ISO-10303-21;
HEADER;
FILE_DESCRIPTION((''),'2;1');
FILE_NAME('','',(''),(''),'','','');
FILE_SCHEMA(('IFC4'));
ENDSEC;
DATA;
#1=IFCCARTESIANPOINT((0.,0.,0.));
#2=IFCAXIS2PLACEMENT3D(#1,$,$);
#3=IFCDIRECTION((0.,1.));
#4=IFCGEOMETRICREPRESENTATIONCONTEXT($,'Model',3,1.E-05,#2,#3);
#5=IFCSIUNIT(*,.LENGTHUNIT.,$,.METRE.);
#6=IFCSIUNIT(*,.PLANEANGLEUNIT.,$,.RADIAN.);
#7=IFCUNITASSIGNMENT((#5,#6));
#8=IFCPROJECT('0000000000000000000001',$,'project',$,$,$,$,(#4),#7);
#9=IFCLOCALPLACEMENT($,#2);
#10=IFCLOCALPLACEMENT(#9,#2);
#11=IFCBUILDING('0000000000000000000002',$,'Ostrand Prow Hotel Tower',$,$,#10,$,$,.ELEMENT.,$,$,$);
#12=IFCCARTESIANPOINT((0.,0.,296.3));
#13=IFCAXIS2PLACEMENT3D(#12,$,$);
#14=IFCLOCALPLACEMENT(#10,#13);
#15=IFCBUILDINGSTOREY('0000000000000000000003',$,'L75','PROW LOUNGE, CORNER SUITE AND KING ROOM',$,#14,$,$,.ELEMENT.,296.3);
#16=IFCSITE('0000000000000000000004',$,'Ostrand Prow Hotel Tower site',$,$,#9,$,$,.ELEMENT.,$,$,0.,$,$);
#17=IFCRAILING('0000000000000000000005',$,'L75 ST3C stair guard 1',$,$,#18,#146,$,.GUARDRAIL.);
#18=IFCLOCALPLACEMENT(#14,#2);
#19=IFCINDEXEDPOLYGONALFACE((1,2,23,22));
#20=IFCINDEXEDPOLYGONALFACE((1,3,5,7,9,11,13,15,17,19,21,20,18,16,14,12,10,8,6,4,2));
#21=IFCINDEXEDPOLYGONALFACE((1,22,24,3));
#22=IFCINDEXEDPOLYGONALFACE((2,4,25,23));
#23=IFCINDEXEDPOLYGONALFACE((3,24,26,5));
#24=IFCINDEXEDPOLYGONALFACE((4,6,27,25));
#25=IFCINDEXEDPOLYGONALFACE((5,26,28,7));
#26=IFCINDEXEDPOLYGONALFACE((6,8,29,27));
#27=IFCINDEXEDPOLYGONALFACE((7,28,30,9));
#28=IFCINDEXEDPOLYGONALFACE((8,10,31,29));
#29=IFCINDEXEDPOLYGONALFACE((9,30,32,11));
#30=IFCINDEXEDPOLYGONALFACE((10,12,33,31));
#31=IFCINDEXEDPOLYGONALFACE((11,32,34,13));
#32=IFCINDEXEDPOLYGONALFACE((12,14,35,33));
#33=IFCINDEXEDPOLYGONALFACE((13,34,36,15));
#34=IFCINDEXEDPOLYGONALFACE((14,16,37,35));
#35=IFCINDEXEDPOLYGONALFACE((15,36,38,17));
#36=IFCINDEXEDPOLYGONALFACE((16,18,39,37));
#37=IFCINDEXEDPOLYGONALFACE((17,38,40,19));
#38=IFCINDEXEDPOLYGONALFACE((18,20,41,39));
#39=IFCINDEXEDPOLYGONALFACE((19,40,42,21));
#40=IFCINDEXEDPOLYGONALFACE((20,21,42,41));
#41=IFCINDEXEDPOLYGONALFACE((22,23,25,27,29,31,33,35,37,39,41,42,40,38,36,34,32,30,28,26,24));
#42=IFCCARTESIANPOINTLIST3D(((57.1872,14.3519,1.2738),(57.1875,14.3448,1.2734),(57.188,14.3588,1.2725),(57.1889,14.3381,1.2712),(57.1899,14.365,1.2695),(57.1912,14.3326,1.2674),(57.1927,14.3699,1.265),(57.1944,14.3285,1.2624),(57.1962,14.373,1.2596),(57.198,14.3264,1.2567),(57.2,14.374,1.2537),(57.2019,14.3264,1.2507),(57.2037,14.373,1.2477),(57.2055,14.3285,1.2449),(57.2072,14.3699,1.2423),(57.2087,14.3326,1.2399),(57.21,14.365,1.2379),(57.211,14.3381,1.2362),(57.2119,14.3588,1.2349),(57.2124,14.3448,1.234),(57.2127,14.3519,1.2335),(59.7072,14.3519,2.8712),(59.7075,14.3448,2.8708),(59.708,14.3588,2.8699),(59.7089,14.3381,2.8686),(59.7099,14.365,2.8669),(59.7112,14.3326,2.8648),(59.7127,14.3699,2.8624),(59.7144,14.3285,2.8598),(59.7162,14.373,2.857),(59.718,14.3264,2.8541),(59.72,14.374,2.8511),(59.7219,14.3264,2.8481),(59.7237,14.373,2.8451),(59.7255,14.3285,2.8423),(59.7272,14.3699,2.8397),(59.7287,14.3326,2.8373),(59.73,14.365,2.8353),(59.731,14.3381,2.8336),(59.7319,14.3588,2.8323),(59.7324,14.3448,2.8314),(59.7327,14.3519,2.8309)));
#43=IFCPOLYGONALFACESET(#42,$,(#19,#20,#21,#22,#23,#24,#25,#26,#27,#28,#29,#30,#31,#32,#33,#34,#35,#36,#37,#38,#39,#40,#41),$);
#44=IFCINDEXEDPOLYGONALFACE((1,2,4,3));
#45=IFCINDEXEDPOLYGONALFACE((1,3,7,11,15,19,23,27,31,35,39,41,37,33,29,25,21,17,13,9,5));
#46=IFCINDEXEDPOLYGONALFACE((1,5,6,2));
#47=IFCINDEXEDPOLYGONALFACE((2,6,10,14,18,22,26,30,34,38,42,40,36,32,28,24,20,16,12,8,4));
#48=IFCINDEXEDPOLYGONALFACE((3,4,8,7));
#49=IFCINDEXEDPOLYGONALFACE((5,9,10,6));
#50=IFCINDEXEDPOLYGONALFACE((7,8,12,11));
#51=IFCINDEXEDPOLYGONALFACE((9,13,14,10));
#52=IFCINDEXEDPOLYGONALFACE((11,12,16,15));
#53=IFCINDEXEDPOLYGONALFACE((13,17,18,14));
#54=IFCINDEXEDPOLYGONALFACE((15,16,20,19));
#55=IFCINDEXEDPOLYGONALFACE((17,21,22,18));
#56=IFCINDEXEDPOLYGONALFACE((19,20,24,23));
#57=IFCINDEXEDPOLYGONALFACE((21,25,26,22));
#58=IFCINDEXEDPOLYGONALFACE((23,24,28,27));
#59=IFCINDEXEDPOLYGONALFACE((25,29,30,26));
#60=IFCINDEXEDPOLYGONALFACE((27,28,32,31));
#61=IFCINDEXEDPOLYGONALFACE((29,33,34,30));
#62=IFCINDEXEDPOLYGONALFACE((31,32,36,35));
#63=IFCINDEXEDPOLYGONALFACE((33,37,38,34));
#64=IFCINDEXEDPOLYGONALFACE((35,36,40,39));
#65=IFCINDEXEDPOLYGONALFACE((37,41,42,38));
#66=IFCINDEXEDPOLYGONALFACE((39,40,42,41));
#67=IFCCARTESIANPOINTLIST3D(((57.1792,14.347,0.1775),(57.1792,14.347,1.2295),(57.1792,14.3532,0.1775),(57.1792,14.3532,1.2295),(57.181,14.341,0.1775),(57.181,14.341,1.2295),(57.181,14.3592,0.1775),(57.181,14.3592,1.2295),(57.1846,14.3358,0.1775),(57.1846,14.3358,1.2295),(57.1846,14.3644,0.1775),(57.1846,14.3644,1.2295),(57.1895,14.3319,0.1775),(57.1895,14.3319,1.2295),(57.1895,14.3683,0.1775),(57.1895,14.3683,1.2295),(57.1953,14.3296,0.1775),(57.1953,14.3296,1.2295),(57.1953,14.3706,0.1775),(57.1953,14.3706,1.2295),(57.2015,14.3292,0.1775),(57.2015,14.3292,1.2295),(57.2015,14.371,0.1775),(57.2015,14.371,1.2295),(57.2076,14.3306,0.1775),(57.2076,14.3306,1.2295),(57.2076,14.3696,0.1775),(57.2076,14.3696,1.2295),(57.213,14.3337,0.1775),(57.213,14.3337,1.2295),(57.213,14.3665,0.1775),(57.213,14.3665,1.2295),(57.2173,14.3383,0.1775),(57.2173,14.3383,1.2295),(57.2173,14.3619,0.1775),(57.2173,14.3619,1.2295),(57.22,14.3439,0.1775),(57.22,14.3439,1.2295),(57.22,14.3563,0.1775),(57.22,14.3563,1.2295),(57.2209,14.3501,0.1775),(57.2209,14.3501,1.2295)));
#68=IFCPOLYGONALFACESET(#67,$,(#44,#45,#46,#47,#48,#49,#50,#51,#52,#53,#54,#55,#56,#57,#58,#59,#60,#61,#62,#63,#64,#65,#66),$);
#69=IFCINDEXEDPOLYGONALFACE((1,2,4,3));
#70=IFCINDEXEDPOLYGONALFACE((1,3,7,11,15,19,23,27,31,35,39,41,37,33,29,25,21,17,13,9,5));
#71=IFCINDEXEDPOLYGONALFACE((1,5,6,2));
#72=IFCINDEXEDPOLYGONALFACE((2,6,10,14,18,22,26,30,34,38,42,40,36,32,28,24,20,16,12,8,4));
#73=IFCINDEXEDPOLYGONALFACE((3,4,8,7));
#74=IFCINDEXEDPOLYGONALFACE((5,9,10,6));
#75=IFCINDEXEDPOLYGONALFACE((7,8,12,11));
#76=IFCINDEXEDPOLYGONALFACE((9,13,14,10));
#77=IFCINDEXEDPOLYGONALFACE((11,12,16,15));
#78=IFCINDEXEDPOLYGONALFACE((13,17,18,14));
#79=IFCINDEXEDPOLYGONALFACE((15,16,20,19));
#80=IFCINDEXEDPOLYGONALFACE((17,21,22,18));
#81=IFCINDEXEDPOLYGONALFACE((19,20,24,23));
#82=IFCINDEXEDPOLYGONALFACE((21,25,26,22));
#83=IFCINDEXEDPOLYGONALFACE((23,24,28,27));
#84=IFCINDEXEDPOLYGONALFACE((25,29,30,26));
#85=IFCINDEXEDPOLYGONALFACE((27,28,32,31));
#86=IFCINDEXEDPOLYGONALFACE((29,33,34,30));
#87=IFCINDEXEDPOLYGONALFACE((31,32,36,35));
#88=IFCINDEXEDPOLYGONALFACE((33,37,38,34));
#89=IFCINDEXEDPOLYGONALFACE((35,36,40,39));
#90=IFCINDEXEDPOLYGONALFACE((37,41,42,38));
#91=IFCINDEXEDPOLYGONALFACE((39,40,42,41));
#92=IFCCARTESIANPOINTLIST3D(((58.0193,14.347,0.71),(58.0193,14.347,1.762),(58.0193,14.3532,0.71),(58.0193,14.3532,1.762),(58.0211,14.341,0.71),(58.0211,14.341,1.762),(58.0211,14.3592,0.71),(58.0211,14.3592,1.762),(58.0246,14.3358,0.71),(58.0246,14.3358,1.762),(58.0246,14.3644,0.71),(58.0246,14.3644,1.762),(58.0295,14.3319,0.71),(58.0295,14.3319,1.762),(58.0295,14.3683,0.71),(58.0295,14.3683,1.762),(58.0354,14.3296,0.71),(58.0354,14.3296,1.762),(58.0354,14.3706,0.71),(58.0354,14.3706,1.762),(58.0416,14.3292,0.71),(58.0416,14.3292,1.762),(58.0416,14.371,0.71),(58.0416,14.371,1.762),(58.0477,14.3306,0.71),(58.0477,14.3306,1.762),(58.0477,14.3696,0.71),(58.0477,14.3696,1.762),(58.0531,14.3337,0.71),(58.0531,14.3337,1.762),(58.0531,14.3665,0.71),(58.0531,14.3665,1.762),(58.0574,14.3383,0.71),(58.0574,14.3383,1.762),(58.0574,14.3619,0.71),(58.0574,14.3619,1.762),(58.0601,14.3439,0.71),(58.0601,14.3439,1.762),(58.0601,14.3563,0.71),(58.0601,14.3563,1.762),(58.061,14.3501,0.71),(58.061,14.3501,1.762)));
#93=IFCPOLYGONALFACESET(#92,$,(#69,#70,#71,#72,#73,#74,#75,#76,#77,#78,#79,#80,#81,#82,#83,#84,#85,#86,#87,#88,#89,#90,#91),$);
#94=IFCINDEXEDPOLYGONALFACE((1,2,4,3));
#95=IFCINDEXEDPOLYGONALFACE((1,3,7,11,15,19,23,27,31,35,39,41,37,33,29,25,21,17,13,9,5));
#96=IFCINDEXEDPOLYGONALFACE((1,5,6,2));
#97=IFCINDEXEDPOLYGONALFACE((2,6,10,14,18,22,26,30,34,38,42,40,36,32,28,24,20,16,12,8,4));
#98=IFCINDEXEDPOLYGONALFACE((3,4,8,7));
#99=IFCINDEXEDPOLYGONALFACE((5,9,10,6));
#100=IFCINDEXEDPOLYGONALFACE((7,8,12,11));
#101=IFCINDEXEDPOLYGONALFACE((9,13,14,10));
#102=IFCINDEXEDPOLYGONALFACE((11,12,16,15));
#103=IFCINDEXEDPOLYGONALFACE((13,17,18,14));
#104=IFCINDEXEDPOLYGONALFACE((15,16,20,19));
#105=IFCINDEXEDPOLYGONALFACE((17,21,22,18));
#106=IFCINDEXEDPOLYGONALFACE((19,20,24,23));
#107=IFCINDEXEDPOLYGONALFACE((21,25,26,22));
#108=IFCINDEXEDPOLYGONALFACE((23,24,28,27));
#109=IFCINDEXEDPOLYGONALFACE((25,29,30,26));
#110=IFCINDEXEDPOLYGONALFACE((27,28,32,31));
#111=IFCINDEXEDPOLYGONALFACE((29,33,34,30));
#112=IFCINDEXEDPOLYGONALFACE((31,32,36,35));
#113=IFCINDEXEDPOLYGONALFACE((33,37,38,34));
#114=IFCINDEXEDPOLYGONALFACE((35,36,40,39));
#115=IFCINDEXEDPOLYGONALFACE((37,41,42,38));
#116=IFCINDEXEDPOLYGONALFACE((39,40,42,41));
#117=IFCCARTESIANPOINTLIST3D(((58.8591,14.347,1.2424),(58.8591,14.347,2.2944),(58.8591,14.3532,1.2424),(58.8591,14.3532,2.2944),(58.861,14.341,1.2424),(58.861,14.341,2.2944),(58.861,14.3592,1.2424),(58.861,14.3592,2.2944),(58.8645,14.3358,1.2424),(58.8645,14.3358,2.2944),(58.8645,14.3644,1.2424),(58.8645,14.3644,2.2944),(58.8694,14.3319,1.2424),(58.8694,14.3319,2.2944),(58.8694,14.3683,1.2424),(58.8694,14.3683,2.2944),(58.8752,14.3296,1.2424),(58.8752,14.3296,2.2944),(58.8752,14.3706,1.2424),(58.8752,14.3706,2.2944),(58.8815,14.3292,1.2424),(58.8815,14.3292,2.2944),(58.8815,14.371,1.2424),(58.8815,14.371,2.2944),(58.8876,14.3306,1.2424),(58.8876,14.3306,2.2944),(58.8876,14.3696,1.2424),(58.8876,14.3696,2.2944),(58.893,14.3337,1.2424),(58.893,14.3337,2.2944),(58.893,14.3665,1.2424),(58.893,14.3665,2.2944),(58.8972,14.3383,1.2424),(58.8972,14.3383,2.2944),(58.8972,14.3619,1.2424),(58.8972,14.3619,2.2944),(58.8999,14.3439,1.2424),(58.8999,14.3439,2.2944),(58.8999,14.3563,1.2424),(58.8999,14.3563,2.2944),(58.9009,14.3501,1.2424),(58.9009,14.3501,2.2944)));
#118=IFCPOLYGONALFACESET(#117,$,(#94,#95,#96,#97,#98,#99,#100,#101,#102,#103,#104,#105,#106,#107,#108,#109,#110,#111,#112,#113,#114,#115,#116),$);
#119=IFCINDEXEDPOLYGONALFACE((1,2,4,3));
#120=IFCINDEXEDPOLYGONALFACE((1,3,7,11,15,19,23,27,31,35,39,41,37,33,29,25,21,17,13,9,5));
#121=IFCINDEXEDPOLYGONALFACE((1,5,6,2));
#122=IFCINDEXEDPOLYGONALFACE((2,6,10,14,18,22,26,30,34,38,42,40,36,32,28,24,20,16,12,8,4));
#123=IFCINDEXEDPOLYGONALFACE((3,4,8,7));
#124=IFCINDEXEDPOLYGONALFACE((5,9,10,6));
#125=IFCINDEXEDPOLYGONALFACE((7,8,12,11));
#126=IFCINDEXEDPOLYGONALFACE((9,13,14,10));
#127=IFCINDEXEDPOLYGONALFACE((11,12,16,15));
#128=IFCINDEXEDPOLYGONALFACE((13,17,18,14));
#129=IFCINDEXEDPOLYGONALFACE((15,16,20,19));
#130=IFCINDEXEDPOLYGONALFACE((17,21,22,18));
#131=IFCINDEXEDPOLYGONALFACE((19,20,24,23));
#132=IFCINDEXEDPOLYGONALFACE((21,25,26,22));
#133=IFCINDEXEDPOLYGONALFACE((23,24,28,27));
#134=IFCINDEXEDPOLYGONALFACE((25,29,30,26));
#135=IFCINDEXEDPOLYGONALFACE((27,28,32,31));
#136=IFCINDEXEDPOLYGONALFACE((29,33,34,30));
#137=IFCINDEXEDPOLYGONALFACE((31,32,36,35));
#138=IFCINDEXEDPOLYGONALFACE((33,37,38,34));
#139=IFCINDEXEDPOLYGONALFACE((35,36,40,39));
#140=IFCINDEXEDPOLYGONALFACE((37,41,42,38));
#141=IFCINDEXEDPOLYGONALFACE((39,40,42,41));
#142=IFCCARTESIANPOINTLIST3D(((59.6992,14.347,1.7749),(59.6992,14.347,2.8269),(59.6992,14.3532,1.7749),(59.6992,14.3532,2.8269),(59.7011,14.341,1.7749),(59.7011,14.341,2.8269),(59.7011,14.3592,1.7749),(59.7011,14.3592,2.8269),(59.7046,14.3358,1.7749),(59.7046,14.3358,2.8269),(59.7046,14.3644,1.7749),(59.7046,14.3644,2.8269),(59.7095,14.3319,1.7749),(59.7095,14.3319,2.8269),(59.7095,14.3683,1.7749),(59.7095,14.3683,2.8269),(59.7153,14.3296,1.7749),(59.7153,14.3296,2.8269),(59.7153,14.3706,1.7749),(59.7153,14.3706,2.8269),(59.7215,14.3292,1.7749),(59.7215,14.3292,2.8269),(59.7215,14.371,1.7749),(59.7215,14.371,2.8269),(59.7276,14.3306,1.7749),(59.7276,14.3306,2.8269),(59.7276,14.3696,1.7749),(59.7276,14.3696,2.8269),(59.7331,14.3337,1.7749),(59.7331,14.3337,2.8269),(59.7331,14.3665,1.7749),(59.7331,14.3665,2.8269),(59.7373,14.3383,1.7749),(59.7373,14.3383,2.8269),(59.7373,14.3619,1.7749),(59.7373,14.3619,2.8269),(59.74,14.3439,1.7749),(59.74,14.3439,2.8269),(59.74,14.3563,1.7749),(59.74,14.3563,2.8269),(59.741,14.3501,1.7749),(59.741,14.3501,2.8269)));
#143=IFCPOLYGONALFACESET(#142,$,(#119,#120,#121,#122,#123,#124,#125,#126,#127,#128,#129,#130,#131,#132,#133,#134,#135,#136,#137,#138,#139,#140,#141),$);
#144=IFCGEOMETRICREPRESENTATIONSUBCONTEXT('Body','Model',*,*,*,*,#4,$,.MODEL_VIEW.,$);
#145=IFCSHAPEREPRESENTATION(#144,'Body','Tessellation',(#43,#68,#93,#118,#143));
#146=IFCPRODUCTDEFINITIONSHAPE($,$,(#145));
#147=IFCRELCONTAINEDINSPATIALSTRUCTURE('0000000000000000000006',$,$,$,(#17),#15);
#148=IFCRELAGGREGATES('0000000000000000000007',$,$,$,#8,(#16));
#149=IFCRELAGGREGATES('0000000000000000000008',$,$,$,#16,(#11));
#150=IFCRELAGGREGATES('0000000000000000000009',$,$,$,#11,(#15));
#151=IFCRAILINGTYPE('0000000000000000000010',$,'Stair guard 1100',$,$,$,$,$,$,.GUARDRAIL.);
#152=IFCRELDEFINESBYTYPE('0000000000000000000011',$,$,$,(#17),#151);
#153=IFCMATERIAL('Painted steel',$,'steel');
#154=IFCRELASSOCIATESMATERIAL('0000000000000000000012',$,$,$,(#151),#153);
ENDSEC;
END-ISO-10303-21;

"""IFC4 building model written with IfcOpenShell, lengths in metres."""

from ifc_helpers import new_model, si_unit, direction, frame, origin, origin_2d, place, context, subcontext, project, spatial, circle, extrude, material, type_object, element, save


model = new_model("IFC4")

# Units and contexts
model_context = context("Model", 3, precision=1e-05, world=origin(), true_north=direction((0.0, 1.0)))
body_context = subcontext(model_context, "Body", "Model", "MODEL_VIEW")
ifc_project = project(units=[si_unit("LENGTHUNIT", "METRE"), si_unit("PLANEANGLEUNIT", "RADIAN")], contexts=[model_context])

# Site, building, storey
site_placement = place(None, origin())
site = spatial("IfcSite", under=ifc_project, at=site_placement, Name="Ostrand Prow Hotel Tower site", CompositionType="ELEMENT", RefElevation=0.0)
building_placement = place(site_placement, origin())
building = spatial("IfcBuilding", under=site, at=building_placement, Name="Ostrand Prow Hotel Tower", CompositionType="ELEMENT")
storey_placement = place(building_placement, frame((0.0, 0.0, 296.3)))
storey = spatial("IfcBuildingStorey", under=building, at=storey_placement, Name="L75", Description="PROW LOUNGE, CORNER SUITE AND KING ROOM", CompositionType="ELEMENT", Elevation=296.3)

# Railing
ifc_material_1 = material(Name="Painted steel", Category="steel")
railing_type_1 = type_object("IfcRailingType", Name="Stair guard 1100", PredefinedType="GUARDRAIL", material=ifc_material_1)
railing_1_placement = place(storey_placement, frame((57.2, 14.3501, 0.1775)))
element("IfcRailing", 1, at=railing_1_placement, inside=storey, type_object=railing_type_1, Name="L75 ST3C stair guard 1", PredefinedType="GUARDRAIL", context=body_context, shape_type="SweptSolid", body=[
    extrude(circle(Radius=0.0239, at=origin_2d()), frame((0.0, 0.0, 1.0762), z_axis=(0.844607, 0.0, 0.535387), x_axis=(0.0, 1.0, 0.0)), (0.0, 0.0, 1.0), 2.9836),
    extrude(circle(Radius=0.021, at=origin_2d()), origin(), (0.0, 0.0, 1.0), 1.052),
    extrude(circle(Radius=0.021, at=origin_2d()), frame((0.8401, 0.0, 0.5325)), (0.0, 0.0, 1.0), 1.052),
    extrude(circle(Radius=0.021, at=origin_2d()), frame((1.6799, 0.0, 1.0649)), (0.0, 0.0, 1.0), 1.052),
    extrude(circle(Radius=0.021, at=origin_2d()), frame((2.52, 0.0, 1.5974)), (0.0, 0.0, 1.0), 1.052),
])

save(model, "model.ifc")
